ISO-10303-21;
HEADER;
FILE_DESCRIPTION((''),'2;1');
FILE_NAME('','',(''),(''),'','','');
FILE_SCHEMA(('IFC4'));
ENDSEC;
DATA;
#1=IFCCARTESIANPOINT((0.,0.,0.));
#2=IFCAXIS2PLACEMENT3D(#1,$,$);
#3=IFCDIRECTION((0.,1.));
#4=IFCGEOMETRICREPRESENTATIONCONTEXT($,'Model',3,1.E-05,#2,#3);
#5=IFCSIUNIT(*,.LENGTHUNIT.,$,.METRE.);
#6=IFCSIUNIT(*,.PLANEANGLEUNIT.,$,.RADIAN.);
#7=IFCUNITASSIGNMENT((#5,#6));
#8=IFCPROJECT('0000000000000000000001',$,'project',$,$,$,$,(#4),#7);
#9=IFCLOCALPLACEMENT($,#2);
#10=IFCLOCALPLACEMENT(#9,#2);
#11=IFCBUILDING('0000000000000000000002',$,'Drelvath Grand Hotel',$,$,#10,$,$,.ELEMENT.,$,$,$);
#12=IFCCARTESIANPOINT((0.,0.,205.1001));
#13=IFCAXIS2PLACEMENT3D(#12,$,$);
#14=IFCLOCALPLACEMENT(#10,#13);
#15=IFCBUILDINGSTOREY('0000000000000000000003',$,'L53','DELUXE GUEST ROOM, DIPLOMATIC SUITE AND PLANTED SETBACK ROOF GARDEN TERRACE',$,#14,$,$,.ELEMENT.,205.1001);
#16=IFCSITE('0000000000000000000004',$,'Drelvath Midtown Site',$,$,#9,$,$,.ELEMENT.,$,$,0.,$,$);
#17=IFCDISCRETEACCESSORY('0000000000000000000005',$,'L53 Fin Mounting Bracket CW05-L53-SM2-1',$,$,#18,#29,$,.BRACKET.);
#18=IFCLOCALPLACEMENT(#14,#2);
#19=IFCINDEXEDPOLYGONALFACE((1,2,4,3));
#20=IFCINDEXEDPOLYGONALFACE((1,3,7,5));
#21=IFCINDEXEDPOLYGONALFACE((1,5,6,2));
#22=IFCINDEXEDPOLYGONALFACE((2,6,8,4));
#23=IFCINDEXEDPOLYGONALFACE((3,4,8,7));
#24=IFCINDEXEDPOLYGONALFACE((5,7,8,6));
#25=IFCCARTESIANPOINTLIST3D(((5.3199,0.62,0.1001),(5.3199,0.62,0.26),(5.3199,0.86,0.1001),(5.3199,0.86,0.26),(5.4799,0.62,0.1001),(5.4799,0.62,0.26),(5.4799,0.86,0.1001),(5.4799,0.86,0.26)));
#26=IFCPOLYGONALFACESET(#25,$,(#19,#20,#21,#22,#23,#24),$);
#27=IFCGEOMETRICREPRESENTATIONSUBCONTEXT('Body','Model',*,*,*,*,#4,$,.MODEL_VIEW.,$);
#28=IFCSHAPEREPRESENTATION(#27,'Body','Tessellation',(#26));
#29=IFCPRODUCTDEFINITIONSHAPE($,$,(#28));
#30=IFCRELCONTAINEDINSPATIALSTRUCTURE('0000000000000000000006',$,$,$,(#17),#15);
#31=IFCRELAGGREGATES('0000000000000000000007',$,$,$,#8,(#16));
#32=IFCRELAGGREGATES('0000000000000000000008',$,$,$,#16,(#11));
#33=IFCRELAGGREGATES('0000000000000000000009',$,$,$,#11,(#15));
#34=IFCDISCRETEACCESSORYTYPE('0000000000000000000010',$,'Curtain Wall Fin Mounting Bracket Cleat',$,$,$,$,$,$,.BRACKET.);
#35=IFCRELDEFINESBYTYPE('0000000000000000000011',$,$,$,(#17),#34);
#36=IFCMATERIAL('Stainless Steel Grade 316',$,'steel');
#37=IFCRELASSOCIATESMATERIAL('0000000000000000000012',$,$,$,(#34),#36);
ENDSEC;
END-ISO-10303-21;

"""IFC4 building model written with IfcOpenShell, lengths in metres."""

from ifc_helpers import new_model, si_unit, direction, frame, origin, origin_2d, place, context, subcontext, project, spatial, rectangle, extrude, material, type_object, element, save


model = new_model("IFC4")

# Units and contexts
model_context = context("Model", 3, precision=1e-05, world=origin(), true_north=direction((0.0, 1.0)))
body_context = subcontext(model_context, "Body", "Model", "MODEL_VIEW")
ifc_project = project(units=[si_unit("LENGTHUNIT", "METRE"), si_unit("PLANEANGLEUNIT", "RADIAN")], contexts=[model_context])

# Site, building, storey
site_placement = place(None, origin())
site = spatial("IfcSite", under=ifc_project, at=site_placement, Name="Drelvath Midtown Site", CompositionType="ELEMENT", RefElevation=0.0)
building_placement = place(site_placement, origin())
building = spatial("IfcBuilding", under=site, at=building_placement, Name="Drelvath Grand Hotel", CompositionType="ELEMENT")
storey_placement = place(building_placement, frame((0.0, 0.0, 205.1001)))
storey = spatial("IfcBuildingStorey", under=building, at=storey_placement, Name="L53", Description="DELUXE GUEST ROOM, DIPLOMATIC SUITE AND PLANTED SETBACK ROOF GARDEN TERRACE", CompositionType="ELEMENT", Elevation=205.1001)

# Discrete accessory
ifc_material_1 = material(Name="Stainless Steel Grade 316", Category="steel")
discrete_accessory_type = type_object("IfcDiscreteAccessoryType", Name="Curtain Wall Fin Mounting Bracket Cleat", PredefinedType="BRACKET", material=ifc_material_1)
discrete_accessory_placement = place(storey_placement, frame((5.3999, 0.74, 0.1001), z_axis=(0.0, 0.0, 1.0), x_axis=(-1.0, 0.0, 0.0)))
element("IfcDiscreteAccessory", 1, at=discrete_accessory_placement, inside=storey, type_object=discrete_accessory_type, Name="L53 Fin Mounting Bracket CW05-L53-SM2-1", PredefinedType="BRACKET", context=body_context, shape_type="SweptSolid", body=[
    extrude(rectangle(XDim=0.1599, YDim=0.24, at=origin_2d()), origin(), (0.0, 0.0, 1.0), 0.1599),
])

save(model, "model.ifc")
